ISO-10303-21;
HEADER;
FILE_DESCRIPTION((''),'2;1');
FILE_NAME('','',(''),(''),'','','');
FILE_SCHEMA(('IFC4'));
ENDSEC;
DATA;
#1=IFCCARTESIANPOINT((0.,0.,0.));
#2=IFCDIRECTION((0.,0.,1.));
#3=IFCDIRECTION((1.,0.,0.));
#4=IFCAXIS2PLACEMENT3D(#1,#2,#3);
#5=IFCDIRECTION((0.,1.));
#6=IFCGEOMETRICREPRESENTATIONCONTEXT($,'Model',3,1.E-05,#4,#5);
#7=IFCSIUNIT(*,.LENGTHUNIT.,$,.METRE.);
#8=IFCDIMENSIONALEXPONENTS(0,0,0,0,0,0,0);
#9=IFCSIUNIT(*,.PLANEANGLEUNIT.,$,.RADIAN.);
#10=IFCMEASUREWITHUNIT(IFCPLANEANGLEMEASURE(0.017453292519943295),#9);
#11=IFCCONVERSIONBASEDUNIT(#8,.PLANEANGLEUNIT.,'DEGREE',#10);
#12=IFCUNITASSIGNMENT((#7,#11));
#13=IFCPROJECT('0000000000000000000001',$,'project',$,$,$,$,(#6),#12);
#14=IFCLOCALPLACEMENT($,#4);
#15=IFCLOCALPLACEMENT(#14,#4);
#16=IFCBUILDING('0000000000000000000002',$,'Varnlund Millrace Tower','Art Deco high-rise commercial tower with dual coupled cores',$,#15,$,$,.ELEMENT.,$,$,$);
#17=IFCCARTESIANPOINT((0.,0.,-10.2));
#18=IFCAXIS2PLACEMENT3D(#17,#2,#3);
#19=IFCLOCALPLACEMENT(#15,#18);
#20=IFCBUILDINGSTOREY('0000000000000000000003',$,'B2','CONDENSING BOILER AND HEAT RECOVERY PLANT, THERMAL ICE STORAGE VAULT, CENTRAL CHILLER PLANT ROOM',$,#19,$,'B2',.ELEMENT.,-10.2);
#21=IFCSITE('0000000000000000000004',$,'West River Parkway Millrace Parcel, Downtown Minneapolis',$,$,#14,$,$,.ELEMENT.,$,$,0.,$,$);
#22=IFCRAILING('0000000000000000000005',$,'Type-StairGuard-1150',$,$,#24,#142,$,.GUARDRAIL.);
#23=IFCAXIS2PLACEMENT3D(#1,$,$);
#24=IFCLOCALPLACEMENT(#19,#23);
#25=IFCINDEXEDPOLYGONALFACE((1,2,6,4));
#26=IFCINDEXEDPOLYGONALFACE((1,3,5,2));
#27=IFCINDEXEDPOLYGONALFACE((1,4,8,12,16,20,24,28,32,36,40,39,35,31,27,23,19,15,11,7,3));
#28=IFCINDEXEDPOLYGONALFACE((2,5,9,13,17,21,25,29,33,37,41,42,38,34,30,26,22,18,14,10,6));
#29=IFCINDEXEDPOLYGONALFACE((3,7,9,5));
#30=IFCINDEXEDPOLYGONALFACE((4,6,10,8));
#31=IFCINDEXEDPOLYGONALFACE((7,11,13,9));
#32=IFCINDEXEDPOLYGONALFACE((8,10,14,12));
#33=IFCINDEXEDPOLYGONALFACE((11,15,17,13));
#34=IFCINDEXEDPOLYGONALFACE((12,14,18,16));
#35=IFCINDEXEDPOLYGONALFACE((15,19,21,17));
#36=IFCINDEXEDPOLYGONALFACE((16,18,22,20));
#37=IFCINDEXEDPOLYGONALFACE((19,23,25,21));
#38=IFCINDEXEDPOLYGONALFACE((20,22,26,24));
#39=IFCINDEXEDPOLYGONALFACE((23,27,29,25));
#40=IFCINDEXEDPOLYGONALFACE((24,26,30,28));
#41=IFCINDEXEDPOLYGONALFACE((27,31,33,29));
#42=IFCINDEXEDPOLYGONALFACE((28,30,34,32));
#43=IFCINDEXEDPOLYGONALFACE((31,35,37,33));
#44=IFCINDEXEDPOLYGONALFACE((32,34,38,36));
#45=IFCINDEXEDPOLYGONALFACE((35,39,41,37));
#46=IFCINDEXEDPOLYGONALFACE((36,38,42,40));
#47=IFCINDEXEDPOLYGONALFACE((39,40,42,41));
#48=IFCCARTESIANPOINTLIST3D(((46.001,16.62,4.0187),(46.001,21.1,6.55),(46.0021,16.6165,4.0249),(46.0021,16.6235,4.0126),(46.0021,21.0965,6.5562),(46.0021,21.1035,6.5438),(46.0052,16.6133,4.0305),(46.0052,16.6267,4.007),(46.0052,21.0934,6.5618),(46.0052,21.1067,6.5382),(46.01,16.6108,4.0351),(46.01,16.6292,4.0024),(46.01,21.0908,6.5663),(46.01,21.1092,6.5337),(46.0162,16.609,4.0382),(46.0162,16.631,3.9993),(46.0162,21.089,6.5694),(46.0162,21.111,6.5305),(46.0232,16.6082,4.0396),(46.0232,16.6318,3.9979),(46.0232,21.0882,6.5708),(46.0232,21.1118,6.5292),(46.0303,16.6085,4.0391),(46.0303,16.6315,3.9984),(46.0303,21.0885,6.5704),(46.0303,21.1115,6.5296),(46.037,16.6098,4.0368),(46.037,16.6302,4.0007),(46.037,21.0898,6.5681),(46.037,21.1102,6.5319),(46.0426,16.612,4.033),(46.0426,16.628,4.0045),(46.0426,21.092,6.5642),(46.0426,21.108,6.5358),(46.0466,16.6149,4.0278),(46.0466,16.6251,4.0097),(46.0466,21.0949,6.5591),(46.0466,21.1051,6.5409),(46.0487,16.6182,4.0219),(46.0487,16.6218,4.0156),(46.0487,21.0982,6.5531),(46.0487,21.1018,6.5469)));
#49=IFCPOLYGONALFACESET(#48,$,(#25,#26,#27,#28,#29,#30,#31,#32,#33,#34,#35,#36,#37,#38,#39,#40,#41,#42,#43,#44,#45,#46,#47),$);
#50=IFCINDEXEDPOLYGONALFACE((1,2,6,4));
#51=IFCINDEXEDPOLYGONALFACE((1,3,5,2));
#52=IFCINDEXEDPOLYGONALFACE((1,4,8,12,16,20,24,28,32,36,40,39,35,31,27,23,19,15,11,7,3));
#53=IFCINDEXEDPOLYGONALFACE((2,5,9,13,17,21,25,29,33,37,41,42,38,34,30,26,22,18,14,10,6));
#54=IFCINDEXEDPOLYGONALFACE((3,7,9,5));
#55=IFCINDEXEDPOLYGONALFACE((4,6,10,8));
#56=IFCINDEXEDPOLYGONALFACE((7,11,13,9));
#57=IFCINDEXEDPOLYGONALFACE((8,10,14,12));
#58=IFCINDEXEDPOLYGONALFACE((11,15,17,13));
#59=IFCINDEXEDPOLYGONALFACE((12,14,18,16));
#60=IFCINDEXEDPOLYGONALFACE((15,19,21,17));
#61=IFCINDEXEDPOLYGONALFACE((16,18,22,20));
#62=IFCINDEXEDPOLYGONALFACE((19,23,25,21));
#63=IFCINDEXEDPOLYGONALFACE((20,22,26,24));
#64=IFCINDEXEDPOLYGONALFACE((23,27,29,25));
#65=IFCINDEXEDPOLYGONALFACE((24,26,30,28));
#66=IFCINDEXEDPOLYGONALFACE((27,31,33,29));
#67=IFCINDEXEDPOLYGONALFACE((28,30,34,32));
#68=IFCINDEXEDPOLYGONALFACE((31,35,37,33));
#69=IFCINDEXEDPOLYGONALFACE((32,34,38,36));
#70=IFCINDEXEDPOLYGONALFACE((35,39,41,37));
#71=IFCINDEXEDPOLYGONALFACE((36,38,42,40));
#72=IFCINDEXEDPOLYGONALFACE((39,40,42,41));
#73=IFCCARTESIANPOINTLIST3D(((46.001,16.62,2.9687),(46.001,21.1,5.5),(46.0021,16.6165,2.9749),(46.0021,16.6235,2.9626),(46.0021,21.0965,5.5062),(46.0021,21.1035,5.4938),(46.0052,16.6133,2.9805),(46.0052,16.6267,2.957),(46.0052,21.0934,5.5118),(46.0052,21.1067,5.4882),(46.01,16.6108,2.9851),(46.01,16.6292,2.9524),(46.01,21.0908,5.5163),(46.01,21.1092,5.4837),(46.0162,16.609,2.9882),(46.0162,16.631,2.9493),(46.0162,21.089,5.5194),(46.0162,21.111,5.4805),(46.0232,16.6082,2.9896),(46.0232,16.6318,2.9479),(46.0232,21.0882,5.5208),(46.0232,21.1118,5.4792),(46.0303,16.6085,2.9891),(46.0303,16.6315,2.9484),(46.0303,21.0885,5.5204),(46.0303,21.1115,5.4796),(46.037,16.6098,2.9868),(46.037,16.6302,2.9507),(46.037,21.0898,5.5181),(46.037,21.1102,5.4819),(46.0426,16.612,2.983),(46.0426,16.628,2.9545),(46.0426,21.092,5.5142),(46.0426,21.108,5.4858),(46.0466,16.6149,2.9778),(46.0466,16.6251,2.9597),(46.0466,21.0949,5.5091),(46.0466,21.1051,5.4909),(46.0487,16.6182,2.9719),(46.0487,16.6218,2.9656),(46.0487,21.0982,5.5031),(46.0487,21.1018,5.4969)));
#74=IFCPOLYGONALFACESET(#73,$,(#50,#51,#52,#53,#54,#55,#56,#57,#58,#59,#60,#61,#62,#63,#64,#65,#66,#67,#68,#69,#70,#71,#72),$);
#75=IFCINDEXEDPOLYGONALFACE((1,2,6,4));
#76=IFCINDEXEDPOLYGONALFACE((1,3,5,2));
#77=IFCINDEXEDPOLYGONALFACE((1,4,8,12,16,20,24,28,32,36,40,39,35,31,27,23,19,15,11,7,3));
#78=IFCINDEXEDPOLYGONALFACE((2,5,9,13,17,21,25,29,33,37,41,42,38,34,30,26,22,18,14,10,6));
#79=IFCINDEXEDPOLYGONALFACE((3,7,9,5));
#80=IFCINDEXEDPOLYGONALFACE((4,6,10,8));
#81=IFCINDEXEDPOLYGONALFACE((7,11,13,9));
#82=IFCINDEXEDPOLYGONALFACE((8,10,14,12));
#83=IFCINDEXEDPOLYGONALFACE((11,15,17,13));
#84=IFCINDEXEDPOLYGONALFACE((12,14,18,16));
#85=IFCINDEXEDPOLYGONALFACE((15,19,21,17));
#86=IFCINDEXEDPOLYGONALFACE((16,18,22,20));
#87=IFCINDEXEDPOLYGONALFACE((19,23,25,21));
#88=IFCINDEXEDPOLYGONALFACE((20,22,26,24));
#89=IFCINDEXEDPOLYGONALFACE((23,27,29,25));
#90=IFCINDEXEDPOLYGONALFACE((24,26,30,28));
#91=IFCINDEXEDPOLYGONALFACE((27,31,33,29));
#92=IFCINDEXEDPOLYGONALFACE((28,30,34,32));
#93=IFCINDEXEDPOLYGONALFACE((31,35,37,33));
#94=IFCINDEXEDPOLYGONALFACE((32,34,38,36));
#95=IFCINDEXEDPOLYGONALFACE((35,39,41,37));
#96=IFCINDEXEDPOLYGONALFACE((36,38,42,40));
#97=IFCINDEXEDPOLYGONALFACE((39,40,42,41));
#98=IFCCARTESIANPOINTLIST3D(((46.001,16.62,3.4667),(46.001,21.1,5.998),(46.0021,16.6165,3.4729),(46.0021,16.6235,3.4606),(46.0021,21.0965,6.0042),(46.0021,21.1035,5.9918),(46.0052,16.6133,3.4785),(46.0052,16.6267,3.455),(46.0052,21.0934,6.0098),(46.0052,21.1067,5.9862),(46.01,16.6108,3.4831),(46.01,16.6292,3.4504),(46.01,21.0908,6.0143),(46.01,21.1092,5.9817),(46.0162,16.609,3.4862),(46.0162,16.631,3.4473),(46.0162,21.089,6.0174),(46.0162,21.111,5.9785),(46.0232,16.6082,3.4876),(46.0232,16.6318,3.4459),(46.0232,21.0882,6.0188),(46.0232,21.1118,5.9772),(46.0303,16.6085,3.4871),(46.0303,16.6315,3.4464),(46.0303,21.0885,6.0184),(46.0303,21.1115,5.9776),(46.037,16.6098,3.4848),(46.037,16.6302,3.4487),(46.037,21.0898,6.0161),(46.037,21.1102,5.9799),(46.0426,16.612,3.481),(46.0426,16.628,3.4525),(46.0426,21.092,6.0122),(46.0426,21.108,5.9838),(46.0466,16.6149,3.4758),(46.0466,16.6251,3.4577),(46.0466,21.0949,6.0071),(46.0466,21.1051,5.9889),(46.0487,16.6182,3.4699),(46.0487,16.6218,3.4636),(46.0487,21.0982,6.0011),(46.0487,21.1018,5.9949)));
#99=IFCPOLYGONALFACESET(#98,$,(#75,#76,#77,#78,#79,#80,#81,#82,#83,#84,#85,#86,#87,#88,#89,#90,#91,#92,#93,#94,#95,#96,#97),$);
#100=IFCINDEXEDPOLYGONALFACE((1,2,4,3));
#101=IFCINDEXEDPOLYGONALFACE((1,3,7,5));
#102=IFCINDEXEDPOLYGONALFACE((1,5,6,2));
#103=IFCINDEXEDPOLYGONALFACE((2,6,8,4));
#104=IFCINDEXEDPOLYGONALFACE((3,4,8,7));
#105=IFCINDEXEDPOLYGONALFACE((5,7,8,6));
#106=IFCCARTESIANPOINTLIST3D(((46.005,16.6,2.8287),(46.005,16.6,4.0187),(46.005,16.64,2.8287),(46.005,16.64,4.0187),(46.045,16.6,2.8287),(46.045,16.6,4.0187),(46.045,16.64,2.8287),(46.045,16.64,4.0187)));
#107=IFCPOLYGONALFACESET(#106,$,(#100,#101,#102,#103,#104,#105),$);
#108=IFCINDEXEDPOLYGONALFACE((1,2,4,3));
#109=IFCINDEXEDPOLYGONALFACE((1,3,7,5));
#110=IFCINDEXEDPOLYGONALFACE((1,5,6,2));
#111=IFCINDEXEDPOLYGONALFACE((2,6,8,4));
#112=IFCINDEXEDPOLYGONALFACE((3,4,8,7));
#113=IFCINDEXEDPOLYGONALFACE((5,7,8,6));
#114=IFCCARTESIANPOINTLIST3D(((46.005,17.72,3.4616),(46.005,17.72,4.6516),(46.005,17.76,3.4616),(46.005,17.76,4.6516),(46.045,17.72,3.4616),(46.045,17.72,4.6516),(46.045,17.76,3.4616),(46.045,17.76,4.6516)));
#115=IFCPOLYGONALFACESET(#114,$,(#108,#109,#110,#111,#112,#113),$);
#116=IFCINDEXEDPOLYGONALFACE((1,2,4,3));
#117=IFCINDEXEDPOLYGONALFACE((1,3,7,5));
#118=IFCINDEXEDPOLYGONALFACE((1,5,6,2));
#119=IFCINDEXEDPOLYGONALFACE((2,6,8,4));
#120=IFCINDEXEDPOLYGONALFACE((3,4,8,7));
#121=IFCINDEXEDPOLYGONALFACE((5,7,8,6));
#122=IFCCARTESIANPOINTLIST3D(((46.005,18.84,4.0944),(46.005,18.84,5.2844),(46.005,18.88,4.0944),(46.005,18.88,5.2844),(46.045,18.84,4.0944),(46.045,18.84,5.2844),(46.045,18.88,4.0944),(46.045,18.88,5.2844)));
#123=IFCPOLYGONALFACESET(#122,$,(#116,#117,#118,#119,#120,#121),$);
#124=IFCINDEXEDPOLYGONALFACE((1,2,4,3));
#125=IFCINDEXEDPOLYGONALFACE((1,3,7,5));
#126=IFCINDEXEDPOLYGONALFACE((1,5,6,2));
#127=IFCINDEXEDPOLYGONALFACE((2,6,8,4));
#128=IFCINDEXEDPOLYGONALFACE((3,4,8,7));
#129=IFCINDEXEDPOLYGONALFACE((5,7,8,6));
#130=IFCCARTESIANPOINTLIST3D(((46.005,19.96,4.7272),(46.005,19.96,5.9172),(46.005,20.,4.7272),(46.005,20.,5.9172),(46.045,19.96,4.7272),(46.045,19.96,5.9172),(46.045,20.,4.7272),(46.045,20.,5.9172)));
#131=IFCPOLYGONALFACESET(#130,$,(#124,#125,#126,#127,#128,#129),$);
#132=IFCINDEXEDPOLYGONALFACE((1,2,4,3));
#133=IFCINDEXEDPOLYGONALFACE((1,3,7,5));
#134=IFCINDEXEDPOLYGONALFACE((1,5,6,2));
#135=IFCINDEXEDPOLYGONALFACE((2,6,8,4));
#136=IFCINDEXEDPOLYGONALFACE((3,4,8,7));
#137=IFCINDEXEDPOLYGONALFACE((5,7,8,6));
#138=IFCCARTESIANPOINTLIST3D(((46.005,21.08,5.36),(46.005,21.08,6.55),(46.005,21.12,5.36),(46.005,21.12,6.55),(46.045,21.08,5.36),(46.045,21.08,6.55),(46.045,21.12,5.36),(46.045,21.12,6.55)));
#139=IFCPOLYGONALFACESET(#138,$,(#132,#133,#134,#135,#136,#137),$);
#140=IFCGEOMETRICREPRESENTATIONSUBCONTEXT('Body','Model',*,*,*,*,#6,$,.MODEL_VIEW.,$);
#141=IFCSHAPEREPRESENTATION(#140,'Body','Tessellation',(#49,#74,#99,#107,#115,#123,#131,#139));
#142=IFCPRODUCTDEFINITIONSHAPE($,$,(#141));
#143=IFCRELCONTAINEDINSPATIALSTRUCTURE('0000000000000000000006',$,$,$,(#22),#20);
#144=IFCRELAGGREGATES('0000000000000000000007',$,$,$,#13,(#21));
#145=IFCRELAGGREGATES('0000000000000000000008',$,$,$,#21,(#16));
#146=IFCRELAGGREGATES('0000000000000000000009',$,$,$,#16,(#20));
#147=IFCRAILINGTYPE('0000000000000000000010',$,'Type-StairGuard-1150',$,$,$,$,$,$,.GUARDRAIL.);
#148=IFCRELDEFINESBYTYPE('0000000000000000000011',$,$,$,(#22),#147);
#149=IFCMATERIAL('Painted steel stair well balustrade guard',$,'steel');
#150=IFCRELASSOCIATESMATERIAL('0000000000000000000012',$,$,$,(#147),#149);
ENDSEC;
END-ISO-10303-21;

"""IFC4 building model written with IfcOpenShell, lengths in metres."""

from ifc_helpers import new_model, entity, si_unit, converted_unit, direction, frame, origin_with_axes, origin_2d_with_axis, place, context, subcontext, project, spatial, rectangle, circle, extrude, material, type_object, element, save


model = new_model("IFC4")

# Units and contexts
model_context = context("Model", 3, precision=1e-05, world=origin_with_axes(), true_north=direction((0.0, 1.0)))
body_context = subcontext(model_context, "Body", "Model", "MODEL_VIEW")
ifc_project = project(units=[si_unit("LENGTHUNIT", "METRE"), converted_unit("PLANEANGLEUNIT", "DEGREE", entity("IfcPlaneAngleMeasure", 0.017453292519943295), si_unit("PLANEANGLEUNIT", "RADIAN"), dimensions=[0, 0, 0, 0, 0, 0, 0])], contexts=[model_context])

# Site, building, storey
site_placement = place(None, origin_with_axes())
site = spatial("IfcSite", under=ifc_project, at=site_placement, Name="West River Parkway Millrace Parcel, Downtown Minneapolis", CompositionType="ELEMENT", RefElevation=0.0)
building_placement = place(site_placement, origin_with_axes())
building = spatial("IfcBuilding", under=site, at=building_placement, Name="Varnlund Millrace Tower", Description="Art Deco high-rise commercial tower with dual coupled cores", CompositionType="ELEMENT")
storey_placement = place(building_placement, frame((0.0, 0.0, -10.2), z_axis=(0.0, 0.0, 1.0), x_axis=(1.0, 0.0, 0.0)))
storey = spatial("IfcBuildingStorey", under=building, at=storey_placement, Name="B2", Description="CONDENSING BOILER AND HEAT RECOVERY PLANT, THERMAL ICE STORAGE VAULT, CENTRAL CHILLER PLANT ROOM", LongName="B2", CompositionType="ELEMENT", Elevation=-10.2)

# Railing
ifc_material_1 = material(Name="Painted steel stair well balustrade guard", Category="steel")
railing_type_1 = type_object("IfcRailingType", Name="Type-StairGuard-1150", PredefinedType="GUARDRAIL", material=ifc_material_1)
railing_1_placement = place(storey_placement, frame((0.0, 0.0, 10.2), z_axis=(0.0, 0.0, 1.0), x_axis=(1.0, 0.0, 0.0)))
element("IfcRailing", 1, at=railing_1_placement, inside=storey, type_object=railing_type_1, Name="Type-StairGuard-1150", PredefinedType="GUARDRAIL", context=body_context, shape_type="SweptSolid", body=[
    extrude(circle(Radius=0.024, at=origin_2d_with_axis()), frame((46.025, 16.62, -6.1813), z_axis=(0.0, 0.87064, 0.491921), x_axis=(-1.0, 0.0, 0.0)), (0.0, 0.0, 1.0), 5.1456),
    extrude(circle(Radius=0.024, at=origin_2d_with_axis()), frame((46.025, 16.62, -7.2313), z_axis=(0.0, 0.87064, 0.491921), x_axis=(-1.0, 0.0, 0.0)), (0.0, 0.0, 1.0), 5.1456),
    extrude(circle(Radius=0.024, at=origin_2d_with_axis()), frame((46.025, 16.62, -6.7332), z_axis=(0.0, 0.87064, 0.491921), x_axis=(-1.0, 0.0, 0.0)), (0.0, 0.0, 1.0), 5.1456),
    extrude(rectangle(XDim=0.04, YDim=0.04, at=origin_2d_with_axis()), frame((46.025, 16.62, -7.3712), z_axis=(0.0, 0.0, 1.0), x_axis=(1.0, 0.0, 0.0)), (0.0, 0.0, 1.0), 1.19),
    extrude(rectangle(XDim=0.04, YDim=0.04, at=origin_2d_with_axis()), frame((46.025, 17.74, -6.7384), z_axis=(0.0, 0.0, 1.0), x_axis=(1.0, 0.0, 0.0)), (0.0, 0.0, 1.0), 1.19),
    extrude(rectangle(XDim=0.04, YDim=0.04, at=origin_2d_with_axis()), frame((46.025, 18.86, -6.1056), z_axis=(0.0, 0.0, 1.0), x_axis=(1.0, 0.0, 0.0)), (0.0, 0.0, 1.0), 1.19),
    extrude(rectangle(XDim=0.04, YDim=0.04, at=origin_2d_with_axis()), frame((46.025, 19.98, -5.4728), z_axis=(0.0, 0.0, 1.0), x_axis=(1.0, 0.0, 0.0)), (0.0, 0.0, 1.0), 1.19),
    extrude(rectangle(XDim=0.04, YDim=0.04, at=origin_2d_with_axis()), frame((46.025, 21.1, -4.84), z_axis=(0.0, 0.0, 1.0), x_axis=(1.0, 0.0, 0.0)), (0.0, 0.0, 1.0), 1.19),
])

save(model, "model.ifc")
